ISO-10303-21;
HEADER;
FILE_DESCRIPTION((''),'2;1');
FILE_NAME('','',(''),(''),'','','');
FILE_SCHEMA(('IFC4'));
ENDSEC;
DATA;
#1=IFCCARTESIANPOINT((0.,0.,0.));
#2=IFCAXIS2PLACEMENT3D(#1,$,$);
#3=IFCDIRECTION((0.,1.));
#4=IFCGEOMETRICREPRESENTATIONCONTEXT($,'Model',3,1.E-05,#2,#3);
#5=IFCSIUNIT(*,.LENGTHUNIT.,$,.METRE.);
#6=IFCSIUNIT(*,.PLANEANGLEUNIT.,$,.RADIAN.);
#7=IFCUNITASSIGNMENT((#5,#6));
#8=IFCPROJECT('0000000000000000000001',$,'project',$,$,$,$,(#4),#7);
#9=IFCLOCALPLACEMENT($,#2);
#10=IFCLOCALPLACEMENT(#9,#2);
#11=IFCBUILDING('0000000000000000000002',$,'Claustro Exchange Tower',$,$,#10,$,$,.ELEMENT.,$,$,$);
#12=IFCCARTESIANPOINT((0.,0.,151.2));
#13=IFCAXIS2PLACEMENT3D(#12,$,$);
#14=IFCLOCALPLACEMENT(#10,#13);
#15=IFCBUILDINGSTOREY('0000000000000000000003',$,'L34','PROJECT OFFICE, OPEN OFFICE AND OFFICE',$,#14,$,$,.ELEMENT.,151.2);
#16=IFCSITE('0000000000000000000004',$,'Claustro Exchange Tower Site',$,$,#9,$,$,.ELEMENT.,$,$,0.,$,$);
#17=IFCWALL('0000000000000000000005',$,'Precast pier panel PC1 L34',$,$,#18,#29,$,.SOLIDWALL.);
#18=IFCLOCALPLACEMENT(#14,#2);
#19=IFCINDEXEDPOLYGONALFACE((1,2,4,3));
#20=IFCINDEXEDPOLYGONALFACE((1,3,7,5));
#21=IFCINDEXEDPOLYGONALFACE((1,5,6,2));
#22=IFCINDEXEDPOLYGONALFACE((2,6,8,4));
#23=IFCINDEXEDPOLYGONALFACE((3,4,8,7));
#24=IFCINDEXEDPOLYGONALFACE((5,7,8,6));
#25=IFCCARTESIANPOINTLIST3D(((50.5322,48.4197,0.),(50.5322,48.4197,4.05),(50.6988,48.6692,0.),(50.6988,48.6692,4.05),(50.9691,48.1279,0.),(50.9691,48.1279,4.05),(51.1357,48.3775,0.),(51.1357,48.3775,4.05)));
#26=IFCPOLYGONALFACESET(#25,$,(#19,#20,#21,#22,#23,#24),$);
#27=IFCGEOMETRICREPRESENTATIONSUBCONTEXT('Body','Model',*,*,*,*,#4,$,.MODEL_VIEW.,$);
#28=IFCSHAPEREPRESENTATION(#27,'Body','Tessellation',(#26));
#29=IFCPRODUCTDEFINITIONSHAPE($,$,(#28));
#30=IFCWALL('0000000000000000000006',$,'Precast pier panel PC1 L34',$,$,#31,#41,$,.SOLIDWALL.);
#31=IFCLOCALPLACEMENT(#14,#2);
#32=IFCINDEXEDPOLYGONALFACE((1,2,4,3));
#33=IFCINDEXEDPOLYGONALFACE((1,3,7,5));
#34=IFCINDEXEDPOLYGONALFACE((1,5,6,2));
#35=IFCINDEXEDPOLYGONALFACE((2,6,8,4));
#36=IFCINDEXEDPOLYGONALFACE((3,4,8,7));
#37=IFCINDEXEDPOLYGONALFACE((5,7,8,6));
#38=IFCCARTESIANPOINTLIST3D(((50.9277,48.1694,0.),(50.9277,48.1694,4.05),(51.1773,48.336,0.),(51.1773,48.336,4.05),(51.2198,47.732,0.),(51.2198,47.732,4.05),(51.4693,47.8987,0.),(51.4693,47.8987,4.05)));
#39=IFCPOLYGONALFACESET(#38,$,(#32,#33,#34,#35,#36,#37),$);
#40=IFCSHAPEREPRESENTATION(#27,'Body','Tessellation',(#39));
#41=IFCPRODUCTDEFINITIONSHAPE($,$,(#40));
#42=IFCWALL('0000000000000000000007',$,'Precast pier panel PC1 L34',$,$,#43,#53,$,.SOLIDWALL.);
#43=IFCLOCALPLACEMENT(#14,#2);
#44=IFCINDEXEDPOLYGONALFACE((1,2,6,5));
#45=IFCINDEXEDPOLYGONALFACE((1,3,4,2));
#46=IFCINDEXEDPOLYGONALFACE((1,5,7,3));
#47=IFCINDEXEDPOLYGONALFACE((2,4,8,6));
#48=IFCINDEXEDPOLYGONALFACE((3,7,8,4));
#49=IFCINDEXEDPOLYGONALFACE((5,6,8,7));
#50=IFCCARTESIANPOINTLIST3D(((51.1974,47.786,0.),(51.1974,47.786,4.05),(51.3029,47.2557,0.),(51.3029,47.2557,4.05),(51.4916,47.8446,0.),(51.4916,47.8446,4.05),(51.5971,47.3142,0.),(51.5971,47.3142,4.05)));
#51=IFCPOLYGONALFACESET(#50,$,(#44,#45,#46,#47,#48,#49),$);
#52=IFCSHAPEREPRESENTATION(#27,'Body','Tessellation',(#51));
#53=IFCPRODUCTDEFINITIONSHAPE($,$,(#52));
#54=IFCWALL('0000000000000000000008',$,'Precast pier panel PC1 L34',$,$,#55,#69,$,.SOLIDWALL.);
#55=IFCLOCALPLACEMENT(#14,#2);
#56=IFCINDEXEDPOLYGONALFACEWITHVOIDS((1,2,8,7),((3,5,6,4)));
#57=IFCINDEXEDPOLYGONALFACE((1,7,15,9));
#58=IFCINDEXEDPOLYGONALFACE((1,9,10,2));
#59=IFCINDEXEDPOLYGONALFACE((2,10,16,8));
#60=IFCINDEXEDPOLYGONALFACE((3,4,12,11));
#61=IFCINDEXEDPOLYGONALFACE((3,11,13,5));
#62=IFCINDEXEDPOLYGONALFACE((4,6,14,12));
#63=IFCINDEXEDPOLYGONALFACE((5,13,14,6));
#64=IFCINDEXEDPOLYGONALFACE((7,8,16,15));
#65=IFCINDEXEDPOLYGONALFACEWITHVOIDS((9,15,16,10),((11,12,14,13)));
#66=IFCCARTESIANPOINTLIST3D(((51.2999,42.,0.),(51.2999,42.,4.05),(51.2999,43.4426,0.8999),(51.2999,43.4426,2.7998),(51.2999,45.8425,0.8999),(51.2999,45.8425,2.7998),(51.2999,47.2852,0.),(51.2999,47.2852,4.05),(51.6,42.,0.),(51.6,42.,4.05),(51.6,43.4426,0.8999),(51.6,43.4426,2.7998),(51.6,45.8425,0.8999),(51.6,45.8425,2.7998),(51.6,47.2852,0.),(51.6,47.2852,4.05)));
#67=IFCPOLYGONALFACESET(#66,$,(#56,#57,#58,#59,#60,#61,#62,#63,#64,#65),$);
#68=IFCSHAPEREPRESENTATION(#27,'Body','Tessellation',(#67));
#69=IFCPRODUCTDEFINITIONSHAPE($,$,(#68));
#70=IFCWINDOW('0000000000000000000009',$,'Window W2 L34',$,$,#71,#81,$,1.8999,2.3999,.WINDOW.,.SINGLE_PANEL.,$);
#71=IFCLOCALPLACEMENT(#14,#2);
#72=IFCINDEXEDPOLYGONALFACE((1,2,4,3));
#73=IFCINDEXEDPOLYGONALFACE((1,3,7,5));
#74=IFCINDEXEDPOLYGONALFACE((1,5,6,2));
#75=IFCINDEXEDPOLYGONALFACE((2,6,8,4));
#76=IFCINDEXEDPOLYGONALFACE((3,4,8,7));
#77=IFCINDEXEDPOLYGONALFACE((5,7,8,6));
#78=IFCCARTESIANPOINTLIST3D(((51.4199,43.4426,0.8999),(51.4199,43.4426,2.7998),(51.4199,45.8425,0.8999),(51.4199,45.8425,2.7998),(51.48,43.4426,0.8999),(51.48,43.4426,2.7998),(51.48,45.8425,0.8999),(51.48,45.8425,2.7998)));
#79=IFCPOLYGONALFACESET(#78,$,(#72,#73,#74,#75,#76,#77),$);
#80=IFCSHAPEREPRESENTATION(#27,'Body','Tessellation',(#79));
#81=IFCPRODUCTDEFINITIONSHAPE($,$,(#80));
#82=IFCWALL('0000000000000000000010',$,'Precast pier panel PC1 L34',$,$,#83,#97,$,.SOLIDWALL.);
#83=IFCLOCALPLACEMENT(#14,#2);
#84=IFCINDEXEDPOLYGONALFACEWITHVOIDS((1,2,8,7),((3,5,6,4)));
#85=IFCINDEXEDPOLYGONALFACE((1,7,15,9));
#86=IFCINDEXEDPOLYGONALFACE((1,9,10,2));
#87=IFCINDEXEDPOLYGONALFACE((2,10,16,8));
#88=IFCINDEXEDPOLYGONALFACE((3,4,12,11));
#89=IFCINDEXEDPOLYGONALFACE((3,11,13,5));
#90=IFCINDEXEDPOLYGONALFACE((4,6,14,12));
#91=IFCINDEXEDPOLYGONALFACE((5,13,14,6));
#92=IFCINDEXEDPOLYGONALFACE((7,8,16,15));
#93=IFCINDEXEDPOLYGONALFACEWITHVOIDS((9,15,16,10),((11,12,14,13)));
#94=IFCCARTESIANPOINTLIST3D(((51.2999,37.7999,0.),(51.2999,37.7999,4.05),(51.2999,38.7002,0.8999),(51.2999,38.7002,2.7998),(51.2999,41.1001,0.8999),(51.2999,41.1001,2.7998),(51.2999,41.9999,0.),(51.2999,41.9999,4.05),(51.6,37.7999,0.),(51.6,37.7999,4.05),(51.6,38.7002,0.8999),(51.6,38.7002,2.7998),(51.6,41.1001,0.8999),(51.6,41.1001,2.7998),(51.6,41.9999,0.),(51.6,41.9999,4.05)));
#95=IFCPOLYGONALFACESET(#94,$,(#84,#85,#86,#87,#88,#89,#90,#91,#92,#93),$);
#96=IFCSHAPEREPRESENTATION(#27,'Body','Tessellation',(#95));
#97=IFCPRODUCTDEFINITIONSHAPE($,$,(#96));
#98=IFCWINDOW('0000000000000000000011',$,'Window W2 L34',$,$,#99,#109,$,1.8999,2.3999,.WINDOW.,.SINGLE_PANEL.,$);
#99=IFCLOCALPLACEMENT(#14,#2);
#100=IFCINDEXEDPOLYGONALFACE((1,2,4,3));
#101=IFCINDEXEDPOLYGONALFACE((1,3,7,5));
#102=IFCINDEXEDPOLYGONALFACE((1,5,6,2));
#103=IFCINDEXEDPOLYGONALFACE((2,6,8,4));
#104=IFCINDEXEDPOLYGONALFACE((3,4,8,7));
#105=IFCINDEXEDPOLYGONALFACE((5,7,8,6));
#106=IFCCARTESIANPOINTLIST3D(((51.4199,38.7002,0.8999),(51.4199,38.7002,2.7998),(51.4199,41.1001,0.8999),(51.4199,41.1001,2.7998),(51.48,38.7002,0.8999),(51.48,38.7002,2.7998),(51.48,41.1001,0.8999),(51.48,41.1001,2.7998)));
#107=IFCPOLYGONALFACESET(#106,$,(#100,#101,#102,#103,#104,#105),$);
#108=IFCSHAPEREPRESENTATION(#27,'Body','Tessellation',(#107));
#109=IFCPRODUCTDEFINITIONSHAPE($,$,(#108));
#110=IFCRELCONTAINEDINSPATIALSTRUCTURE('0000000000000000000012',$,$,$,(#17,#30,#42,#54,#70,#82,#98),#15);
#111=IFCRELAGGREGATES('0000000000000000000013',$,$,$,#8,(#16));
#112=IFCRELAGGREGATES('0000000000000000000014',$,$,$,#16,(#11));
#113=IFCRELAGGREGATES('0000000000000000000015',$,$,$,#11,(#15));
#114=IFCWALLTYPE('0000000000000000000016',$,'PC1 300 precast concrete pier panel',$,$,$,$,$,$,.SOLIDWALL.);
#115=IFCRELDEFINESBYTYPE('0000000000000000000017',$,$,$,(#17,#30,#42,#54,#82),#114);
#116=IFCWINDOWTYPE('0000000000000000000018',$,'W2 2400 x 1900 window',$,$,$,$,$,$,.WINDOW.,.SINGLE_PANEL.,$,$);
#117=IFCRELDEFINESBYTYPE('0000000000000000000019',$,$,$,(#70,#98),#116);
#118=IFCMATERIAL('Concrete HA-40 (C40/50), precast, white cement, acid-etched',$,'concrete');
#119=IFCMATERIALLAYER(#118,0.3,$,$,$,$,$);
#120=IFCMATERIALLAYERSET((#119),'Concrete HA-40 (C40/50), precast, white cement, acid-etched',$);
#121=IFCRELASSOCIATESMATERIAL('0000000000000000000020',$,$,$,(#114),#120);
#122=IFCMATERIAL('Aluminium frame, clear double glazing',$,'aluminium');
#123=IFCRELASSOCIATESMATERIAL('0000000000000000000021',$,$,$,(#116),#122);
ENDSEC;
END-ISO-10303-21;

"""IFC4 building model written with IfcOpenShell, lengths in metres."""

from ifc_helpers import new_model, si_unit, direction, frame, frame_2d, origin, place, context, subcontext, project, spatial, rectangle, extrude, material, layer, layer_set, type_object, element, fill, save


model = new_model("IFC4")

# Units and contexts
model_context = context("Model", 3, precision=1e-05, world=origin(), true_north=direction((0.0, 1.0)))
body_context = subcontext(model_context, "Body", "Model", "MODEL_VIEW")
ifc_project = project(units=[si_unit("LENGTHUNIT", "METRE"), si_unit("PLANEANGLEUNIT", "RADIAN")], contexts=[model_context])

# Site, building, storey
site_placement = place(None, origin())
site = spatial("IfcSite", under=ifc_project, at=site_placement, Name="Claustro Exchange Tower Site", CompositionType="ELEMENT", RefElevation=0.0)
building_placement = place(site_placement, origin())
building = spatial("IfcBuilding", under=site, at=building_placement, Name="Claustro Exchange Tower", CompositionType="ELEMENT")
storey_placement = place(building_placement, frame((0.0, 0.0, 151.2)))
storey = spatial("IfcBuildingStorey", under=building, at=storey_placement, Name="L34", Description="PROJECT OFFICE, OPEN OFFICE AND OFFICE", CompositionType="ELEMENT", Elevation=151.2)

# Shared definitions
ifc_material_1 = material(Name="Concrete HA-40 (C40/50), precast, white cement, acid-etched", Category="concrete")
ifc_layer_1 = layer(ifc_material_1, 0.3)
ifc_layer_set_1 = layer_set([ifc_layer_1], Name="Concrete HA-40 (C40/50), precast, white cement, acid-etched")
wall_type_1 = type_object("IfcWallType", Name="PC1 300 precast concrete pier panel", PredefinedType="SOLIDWALL", material=ifc_layer_set_1)

# Walls
wall_1_placement = place(storey_placement, frame((50.6155, 48.5444, 0.0), z_axis=(0.0, 0.0, 1.0), x_axis=(0.831693, -0.555236, 0.0)))
element("IfcWall", 1, at=wall_1_placement, inside=storey, type_object=wall_type_1, Name="Precast pier panel PC1 L34", PredefinedType="SOLIDWALL", context=body_context, shape_type="SweptSolid", body=[
    extrude(rectangle(XDim=0.5254, YDim=0.3, at=frame_2d((0.2627, 0.0))), origin(), (0.0, 0.0, 1.0), 4.05),
])
wall_2_placement = place(storey_placement, frame((51.0525, 48.2527, 0.0), z_axis=(0.0, 0.0, 1.0), x_axis=(0.555343, -0.831621, 0.0)))
element("IfcWall", 2, at=wall_2_placement, inside=storey, type_object=wall_type_1, Name="Precast pier panel PC1 L34", PredefinedType="SOLIDWALL", context=body_context, shape_type="SweptSolid", body=[
    extrude(rectangle(XDim=0.5259, YDim=0.3, at=frame_2d((0.2629, 0.0))), origin(), (0.0, 0.0, 1.0), 4.05),
])
wall_3_placement = place(storey_placement, frame((51.3445, 47.8154, 0.0), z_axis=(0.0, 0.0, 1.0), x_axis=(0.195074, -0.980789, 0.0)))
element("IfcWall", 3, at=wall_3_placement, inside=storey, type_object=wall_type_1, Name="Precast pier panel PC1 L34", PredefinedType="SOLIDWALL", context=body_context, shape_type="SweptSolid", body=[
    extrude(rectangle(XDim=0.5408, YDim=0.3, at=frame_2d((0.2705, 0.0))), origin(), (0.0, 0.0, 1.0), 4.05),
])

# Walls, openings, windows
wall_4_placement = place(storey_placement, frame((51.45, 47.2852, 0.0), z_axis=(0.0, 0.0, 1.0), x_axis=(0.0, -1.0, 0.0)))
wall_4 = element("IfcWall", 4, at=wall_4_placement, inside=storey, type_object=wall_type_1, Name="Precast pier panel PC1 L34", PredefinedType="SOLIDWALL", context=body_context, shape_type="SweptSolid", body=[
    extrude(rectangle(XDim=5.2852, YDim=0.3, at=frame_2d((2.6426, 0.0))), origin(), (0.0, 0.0, 1.0), 4.05),
])
opening_1_placement = place(wall_4_placement, frame((1.4426, 0.0, 0.8999)))
opening_1 = element("IfcOpeningElement", 5, at=opening_1_placement, cuts=wall_4, PredefinedType="OPENING", context=body_context, shape_type="SweptSolid", body=[
    extrude(rectangle(XDim=2.3999, YDim=1.8999, at=frame_2d((1.2, 0.95))), frame((0.0, 0.1599, 0.0), z_axis=(0.0, -1.0, 0.0), x_axis=(1.0, 0.0, 0.0)), (0.0, 0.0, 1.0), 0.3201),
])
ifc_material_2 = material(Name="Aluminium frame, clear double glazing", Category="aluminium")
window_type_1 = type_object("IfcWindowType", Name="W2 2400 x 1900 window", PartitioningType="SINGLE_PANEL", PredefinedType="WINDOW", material=ifc_material_2)
window_1_placement = place(opening_1_placement, origin())
window_1 = element("IfcWindow", 6, at=window_1_placement, inside=storey, type_object=window_type_1, Name="Window W2 L34", OverallHeight=1.8999, OverallWidth=2.3999, PartitioningType="SINGLE_PANEL", PredefinedType="WINDOW", context=body_context, shape_type="SweptSolid", body=[
    extrude(rectangle(XDim=2.3999, YDim=1.8999, at=frame_2d((1.2, 0.95))), frame((0.0, 0.03, 0.0), z_axis=(0.0, -1.0, 0.0), x_axis=(1.0, 0.0, 0.0)), (0.0, 0.0, 1.0), 0.0601),
])
fill(opening_1, window_1)
wall_5_placement = place(storey_placement, frame((51.45, 42.0, 0.0), z_axis=(0.0, 0.0, 1.0), x_axis=(0.0, -1.0, 0.0)))
wall_5 = element("IfcWall", 7, at=wall_5_placement, inside=storey, type_object=wall_type_1, Name="Precast pier panel PC1 L34", PredefinedType="SOLIDWALL", context=body_context, shape_type="SweptSolid", body=[
    extrude(rectangle(XDim=4.2, YDim=0.3, at=frame_2d((2.1001, 0.0))), origin(), (0.0, 0.0, 1.0), 4.05),
])
opening_2_placement = place(wall_5_placement, frame((0.8999, 0.0, 0.8999)))
opening_2 = element("IfcOpeningElement", 8, at=opening_2_placement, cuts=wall_5, PredefinedType="OPENING", context=body_context, shape_type="SweptSolid", body=[
    extrude(rectangle(XDim=2.3999, YDim=1.8999, at=frame_2d((1.2, 0.95))), frame((0.0, 0.1599, 0.0), z_axis=(0.0, -1.0, 0.0), x_axis=(1.0, 0.0, 0.0)), (0.0, 0.0, 1.0), 0.3201),
])
window_2_placement = place(opening_2_placement, origin())
window_2 = element("IfcWindow", 9, at=window_2_placement, inside=storey, type_object=window_type_1, Name="Window W2 L34", OverallHeight=1.8999, OverallWidth=2.3999, PartitioningType="SINGLE_PANEL", PredefinedType="WINDOW", context=body_context, shape_type="SweptSolid", body=[
    extrude(rectangle(XDim=2.3999, YDim=1.8999, at=frame_2d((1.2, 0.95))), frame((0.0, 0.03, 0.0), z_axis=(0.0, -1.0, 0.0), x_axis=(1.0, 0.0, 0.0)), (0.0, 0.0, 1.0), 0.0601),
])
fill(opening_2, window_2)

save(model, "model.ifc")
